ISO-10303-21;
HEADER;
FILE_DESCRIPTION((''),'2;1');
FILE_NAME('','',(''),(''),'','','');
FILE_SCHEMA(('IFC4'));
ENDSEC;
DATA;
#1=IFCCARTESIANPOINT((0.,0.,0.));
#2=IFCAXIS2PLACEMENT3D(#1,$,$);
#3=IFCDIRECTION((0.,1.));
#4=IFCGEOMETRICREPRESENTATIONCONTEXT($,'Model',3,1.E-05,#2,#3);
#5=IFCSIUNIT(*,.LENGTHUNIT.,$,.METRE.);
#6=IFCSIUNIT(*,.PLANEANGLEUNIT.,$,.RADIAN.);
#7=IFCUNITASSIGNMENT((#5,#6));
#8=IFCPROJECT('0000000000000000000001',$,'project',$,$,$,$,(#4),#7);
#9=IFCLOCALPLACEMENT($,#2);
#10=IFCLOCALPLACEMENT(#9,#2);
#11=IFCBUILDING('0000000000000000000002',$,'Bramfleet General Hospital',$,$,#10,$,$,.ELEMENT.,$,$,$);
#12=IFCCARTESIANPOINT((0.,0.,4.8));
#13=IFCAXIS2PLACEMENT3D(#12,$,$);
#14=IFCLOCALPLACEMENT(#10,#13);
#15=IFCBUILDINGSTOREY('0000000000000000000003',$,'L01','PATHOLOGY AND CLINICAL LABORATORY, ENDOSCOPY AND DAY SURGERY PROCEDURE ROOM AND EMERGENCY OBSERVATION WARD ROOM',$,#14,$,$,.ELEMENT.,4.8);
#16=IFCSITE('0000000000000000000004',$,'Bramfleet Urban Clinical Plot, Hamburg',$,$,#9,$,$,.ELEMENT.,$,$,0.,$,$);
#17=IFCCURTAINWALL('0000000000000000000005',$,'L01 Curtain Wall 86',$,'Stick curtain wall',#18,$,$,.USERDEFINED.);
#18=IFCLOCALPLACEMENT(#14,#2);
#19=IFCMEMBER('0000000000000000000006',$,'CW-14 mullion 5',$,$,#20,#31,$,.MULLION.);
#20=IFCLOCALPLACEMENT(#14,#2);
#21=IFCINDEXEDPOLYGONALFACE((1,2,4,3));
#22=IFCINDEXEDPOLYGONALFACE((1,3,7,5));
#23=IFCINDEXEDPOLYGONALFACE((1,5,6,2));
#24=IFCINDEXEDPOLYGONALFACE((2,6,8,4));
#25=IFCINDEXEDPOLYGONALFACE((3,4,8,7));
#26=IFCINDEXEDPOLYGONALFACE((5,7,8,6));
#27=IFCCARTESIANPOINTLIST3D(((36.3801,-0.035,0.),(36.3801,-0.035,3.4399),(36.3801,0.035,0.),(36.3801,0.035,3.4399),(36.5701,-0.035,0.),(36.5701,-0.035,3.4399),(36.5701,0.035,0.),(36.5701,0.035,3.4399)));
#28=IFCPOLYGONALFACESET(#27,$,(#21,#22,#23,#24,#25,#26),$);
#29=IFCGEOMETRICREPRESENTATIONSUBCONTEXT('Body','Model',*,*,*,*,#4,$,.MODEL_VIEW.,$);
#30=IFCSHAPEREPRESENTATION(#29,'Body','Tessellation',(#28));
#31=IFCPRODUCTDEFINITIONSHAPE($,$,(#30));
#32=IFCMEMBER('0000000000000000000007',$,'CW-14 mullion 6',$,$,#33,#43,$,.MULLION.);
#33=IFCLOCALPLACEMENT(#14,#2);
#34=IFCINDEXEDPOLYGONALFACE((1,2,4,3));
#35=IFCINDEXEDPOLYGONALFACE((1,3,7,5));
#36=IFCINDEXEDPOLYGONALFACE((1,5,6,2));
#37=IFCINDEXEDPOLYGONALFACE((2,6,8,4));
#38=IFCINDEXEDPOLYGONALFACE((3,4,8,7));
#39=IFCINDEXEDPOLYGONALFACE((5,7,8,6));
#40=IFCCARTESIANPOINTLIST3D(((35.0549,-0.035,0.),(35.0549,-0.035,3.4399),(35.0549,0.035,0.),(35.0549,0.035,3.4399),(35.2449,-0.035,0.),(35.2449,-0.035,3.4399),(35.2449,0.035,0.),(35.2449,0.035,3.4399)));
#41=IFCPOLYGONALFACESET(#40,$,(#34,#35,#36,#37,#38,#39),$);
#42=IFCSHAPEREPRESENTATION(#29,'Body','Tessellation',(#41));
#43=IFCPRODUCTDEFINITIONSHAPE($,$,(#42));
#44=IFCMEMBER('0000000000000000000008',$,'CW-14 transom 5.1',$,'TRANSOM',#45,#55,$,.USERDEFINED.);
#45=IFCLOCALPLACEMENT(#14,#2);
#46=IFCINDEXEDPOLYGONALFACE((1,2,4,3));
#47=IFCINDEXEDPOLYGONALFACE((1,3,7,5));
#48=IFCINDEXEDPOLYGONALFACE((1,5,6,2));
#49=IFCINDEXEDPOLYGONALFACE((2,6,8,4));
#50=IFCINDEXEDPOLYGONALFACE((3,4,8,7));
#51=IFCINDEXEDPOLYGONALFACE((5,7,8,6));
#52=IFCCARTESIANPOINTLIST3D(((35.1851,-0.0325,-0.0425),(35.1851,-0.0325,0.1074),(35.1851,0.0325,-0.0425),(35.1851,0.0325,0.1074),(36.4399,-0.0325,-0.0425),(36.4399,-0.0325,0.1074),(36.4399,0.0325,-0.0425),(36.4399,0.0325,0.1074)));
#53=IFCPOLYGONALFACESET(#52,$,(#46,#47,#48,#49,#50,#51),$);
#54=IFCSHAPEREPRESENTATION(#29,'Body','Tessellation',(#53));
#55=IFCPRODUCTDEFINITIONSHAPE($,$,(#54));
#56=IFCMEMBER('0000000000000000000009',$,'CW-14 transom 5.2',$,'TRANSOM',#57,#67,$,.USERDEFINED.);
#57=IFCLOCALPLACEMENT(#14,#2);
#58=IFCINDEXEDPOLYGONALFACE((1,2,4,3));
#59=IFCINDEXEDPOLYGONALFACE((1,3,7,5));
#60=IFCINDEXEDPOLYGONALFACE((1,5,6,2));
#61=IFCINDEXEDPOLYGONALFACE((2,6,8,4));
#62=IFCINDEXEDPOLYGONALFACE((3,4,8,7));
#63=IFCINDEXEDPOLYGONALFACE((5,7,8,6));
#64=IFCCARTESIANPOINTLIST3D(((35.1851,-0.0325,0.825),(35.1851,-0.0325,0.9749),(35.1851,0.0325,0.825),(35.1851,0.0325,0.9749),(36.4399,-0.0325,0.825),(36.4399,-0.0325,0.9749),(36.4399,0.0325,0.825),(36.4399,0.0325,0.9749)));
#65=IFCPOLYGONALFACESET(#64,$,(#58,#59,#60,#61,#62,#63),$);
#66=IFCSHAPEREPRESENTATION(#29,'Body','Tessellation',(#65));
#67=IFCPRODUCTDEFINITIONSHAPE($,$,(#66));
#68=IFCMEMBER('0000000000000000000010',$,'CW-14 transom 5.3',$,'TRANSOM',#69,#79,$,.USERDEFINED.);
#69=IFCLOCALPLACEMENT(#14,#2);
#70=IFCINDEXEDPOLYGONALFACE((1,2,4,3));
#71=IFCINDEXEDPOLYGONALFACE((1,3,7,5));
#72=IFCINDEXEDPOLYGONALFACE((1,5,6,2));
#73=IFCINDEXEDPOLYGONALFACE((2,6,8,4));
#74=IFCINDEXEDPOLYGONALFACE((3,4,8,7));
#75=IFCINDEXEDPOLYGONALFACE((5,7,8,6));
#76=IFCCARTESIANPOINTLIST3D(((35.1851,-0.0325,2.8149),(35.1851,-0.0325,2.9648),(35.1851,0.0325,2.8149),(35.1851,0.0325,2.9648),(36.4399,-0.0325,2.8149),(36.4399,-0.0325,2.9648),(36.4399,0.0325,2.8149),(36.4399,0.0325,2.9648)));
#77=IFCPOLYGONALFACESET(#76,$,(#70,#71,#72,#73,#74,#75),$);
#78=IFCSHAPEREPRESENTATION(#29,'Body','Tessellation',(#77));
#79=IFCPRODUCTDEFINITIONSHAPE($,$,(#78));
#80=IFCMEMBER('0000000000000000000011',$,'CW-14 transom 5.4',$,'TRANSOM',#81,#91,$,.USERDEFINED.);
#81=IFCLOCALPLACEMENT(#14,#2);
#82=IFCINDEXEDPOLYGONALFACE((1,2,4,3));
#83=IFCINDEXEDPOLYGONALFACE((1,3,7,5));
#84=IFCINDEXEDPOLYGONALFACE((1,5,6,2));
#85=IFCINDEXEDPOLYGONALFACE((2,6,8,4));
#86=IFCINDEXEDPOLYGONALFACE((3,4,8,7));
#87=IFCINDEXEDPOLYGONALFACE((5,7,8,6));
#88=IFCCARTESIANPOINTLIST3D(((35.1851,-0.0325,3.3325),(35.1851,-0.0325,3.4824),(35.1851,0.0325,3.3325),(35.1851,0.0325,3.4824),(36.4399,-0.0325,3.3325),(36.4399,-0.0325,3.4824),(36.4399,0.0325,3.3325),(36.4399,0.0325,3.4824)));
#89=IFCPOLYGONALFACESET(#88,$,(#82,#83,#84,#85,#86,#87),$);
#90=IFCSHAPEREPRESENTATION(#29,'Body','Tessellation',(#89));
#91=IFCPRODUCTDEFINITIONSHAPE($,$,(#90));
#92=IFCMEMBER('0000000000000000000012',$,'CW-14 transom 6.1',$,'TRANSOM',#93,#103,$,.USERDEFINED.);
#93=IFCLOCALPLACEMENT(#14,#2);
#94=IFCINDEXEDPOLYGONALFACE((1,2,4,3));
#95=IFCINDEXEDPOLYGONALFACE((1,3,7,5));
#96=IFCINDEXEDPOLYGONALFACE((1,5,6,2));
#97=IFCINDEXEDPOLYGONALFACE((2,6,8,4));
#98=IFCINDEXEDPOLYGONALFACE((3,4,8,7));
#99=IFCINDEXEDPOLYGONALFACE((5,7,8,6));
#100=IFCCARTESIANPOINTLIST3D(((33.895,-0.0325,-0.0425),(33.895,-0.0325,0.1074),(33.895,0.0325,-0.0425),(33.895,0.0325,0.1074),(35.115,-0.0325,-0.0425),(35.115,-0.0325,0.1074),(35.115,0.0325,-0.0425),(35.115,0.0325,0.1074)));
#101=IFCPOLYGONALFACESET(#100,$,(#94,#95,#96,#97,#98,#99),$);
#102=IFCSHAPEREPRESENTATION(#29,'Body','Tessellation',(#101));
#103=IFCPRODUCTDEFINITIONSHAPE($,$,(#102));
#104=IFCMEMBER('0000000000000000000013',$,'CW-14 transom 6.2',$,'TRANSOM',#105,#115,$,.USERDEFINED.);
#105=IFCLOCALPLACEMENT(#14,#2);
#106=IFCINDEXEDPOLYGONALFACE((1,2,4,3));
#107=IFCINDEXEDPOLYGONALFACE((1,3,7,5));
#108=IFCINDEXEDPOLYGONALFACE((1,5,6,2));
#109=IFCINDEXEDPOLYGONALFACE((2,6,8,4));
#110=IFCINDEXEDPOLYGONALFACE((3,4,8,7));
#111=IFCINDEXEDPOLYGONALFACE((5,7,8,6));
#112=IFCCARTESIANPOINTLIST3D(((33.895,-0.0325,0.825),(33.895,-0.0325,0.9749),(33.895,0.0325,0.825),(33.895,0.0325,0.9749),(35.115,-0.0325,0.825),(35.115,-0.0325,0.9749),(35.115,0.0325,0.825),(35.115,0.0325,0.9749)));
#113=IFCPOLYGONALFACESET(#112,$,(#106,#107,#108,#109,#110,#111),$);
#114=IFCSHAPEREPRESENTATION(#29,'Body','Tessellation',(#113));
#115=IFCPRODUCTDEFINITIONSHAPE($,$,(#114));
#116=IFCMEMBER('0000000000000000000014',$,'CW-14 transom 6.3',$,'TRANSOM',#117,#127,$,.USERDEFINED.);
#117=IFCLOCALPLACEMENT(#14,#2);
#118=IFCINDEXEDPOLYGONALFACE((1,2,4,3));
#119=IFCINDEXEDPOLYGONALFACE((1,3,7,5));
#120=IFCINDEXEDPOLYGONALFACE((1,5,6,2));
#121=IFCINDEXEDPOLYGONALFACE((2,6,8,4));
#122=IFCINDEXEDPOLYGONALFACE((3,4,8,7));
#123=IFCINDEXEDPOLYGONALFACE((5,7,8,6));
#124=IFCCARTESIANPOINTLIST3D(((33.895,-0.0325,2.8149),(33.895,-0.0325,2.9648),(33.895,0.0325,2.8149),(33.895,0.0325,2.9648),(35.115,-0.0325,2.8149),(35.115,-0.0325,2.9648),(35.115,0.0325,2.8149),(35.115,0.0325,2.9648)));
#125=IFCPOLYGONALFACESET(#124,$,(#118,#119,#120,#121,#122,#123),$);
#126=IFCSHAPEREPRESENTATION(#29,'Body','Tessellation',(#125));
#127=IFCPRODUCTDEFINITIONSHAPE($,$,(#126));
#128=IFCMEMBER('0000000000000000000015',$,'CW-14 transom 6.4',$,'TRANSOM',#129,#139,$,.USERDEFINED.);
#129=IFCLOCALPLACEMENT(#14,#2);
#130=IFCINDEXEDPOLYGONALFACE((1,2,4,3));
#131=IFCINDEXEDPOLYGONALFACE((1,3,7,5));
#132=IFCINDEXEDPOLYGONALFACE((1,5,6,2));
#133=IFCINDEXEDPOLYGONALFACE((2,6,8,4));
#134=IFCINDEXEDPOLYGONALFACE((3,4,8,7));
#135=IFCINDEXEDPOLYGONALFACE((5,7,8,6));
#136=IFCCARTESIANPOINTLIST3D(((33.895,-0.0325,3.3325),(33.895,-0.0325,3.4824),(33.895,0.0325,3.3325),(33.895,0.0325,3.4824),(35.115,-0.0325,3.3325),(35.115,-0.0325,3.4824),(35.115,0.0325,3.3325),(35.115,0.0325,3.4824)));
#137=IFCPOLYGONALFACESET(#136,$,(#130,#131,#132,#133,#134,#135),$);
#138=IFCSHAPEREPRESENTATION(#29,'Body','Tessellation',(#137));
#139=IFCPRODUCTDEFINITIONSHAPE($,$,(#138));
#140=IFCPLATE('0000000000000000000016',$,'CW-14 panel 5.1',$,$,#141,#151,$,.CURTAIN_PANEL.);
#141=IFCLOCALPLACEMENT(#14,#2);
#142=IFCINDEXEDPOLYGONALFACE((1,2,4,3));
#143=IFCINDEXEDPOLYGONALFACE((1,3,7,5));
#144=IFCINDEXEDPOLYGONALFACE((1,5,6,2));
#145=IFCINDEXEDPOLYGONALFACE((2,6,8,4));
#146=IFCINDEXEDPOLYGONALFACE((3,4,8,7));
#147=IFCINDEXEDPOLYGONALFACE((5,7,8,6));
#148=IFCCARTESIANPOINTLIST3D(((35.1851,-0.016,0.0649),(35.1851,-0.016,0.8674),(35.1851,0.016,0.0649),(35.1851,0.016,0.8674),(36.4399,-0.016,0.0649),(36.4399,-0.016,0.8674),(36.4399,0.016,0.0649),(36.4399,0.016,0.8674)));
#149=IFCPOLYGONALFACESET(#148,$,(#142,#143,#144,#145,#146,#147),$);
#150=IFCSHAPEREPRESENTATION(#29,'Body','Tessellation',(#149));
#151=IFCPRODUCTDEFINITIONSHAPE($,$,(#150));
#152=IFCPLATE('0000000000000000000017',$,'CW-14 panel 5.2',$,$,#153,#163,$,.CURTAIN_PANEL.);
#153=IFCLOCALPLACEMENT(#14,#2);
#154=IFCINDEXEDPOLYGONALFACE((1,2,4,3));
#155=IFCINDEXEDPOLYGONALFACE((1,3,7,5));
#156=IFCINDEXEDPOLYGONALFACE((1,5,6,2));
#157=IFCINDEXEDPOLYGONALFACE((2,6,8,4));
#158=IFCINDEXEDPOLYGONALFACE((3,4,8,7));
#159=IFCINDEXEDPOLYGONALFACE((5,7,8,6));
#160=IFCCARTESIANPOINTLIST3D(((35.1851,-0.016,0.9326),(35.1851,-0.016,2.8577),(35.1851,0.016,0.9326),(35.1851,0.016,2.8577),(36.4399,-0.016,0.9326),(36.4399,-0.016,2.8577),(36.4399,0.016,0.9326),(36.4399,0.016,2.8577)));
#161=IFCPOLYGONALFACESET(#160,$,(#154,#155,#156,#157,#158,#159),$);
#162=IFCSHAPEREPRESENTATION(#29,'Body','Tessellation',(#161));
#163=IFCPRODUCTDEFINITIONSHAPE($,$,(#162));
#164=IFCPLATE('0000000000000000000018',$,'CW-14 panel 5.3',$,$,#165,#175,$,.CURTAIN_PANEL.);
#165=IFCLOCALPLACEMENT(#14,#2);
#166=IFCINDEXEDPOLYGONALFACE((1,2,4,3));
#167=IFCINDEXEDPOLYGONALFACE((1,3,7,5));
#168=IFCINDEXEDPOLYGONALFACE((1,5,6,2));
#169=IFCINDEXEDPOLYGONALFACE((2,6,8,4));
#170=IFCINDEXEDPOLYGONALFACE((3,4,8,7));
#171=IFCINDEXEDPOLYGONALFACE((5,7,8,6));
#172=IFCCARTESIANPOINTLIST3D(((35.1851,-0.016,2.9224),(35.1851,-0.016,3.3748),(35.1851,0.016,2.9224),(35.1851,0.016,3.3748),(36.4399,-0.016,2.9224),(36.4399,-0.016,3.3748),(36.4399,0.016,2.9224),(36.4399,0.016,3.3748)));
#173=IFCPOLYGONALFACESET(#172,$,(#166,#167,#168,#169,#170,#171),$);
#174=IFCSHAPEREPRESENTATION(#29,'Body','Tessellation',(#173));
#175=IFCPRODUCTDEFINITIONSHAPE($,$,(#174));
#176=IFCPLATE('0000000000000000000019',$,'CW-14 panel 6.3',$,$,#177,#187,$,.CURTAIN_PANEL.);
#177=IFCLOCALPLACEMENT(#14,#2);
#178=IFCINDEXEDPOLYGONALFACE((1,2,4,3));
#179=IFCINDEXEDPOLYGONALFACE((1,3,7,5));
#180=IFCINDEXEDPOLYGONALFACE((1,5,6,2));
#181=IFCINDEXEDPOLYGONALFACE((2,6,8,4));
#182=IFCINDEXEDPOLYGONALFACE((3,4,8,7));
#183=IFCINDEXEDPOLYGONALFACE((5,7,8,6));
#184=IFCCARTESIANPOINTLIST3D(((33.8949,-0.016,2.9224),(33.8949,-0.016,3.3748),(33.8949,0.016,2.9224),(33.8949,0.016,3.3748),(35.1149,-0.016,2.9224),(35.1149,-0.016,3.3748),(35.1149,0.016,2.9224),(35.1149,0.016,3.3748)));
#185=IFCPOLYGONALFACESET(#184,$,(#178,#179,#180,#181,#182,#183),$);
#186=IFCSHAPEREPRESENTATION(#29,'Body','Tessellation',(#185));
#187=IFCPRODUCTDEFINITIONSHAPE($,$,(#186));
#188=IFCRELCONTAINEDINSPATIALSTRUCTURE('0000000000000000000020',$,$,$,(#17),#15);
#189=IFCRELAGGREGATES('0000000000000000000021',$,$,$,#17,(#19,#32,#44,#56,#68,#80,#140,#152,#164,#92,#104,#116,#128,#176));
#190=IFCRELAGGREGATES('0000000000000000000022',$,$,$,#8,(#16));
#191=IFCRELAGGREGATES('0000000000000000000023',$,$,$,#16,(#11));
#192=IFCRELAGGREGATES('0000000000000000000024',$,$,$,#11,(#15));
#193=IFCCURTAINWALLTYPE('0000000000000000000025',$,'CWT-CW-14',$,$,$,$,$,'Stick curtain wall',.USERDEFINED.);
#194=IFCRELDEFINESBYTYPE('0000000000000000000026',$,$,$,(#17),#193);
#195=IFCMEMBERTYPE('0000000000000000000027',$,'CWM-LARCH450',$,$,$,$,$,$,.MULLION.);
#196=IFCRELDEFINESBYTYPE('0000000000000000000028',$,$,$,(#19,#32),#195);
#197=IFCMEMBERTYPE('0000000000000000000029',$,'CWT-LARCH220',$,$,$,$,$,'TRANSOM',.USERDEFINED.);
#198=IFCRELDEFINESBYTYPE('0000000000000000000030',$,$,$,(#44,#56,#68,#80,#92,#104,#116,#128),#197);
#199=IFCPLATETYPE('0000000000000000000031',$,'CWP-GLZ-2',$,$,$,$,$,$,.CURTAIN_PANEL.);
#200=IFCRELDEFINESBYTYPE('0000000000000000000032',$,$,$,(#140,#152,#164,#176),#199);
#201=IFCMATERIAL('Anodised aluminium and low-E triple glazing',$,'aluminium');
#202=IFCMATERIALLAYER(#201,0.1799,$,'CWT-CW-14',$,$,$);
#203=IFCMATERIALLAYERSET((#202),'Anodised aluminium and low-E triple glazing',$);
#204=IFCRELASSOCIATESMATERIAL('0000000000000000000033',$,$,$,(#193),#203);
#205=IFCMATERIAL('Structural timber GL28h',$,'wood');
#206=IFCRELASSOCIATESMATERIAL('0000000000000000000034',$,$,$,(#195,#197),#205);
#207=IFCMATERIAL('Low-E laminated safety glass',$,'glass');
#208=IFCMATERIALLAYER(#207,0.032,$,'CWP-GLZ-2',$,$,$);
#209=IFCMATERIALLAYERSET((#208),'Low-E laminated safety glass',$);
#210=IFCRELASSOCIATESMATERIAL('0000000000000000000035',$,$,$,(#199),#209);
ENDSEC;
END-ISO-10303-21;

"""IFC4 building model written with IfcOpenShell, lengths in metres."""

from ifc_helpers import new_model, si_unit, direction, frame, origin, origin_2d, place, context, subcontext, project, spatial, rectangle, extrude, material, layer, layer_set, material_profile, profile_set, type_object, element, aggregate, save


model = new_model("IFC4")

# Units and contexts
model_context = context("Model", 3, precision=1e-05, world=origin(), true_north=direction((0.0, 1.0)))
body_context = subcontext(model_context, "Body", "Model", "MODEL_VIEW")
ifc_project = project(units=[si_unit("LENGTHUNIT", "METRE"), si_unit("PLANEANGLEUNIT", "RADIAN")], contexts=[model_context])

# Site, building, storey
site_placement = place(None, origin())
site = spatial("IfcSite", under=ifc_project, at=site_placement, Name="Bramfleet Urban Clinical Plot, Hamburg", CompositionType="ELEMENT", RefElevation=0.0)
building_placement = place(site_placement, origin())
building = spatial("IfcBuilding", under=site, at=building_placement, Name="Bramfleet General Hospital", CompositionType="ELEMENT")
storey_placement = place(building_placement, frame((0.0, 0.0, 4.8)))
storey = spatial("IfcBuildingStorey", under=building, at=storey_placement, Name="L01", Description="PATHOLOGY AND CLINICAL LABORATORY, ENDOSCOPY AND DAY SURGERY PROCEDURE ROOM AND EMERGENCY OBSERVATION WARD ROOM", CompositionType="ELEMENT", Elevation=4.8)

# Curtain wall, members, plates
ifc_material_1 = material(Name="Anodised aluminium and low-E triple glazing", Category="aluminium")
ifc_layer_1 = layer(ifc_material_1, 0.1799, Name="CWT-CW-14")
ifc_layer_set_1 = layer_set([ifc_layer_1], Name="Anodised aluminium and low-E triple glazing")
curtain_wall_type = type_object("IfcCurtainWallType", Name="CWT-CW-14", ElementType="Stick curtain wall", PredefinedType="USERDEFINED", material=ifc_layer_set_1)
curtain_wall_placement = place(storey_placement, origin())
curtain_wall = element("IfcCurtainWall", 1, at=curtain_wall_placement, inside=storey, type_object=curtain_wall_type, Name="L01 Curtain Wall 86", ObjectType="Stick curtain wall", PredefinedType="USERDEFINED")
ifc_material_2 = material(Name="Structural timber GL28h", Category="wood")
ifc_material_profile_1 = material_profile(ifc_material_2, rectangle(XDim=0.0701, YDim=0.1899, at=origin_2d()), Name="LARCH 190x70")
ifc_profile_set_1 = profile_set([ifc_material_profile_1], Name="Structural timber GL28h")
member_type_1 = type_object("IfcMemberType", Name="CWM-LARCH450", PredefinedType="MULLION", material=ifc_profile_set_1)
member_1_placement = place(storey_placement, frame((36.4751, 0.0, 0.0), z_axis=(0.0, 0.0, 1.0), x_axis=(0.0, -1.0, 0.0)))
member_1 = element("IfcMember", 2, at=member_1_placement, type_object=member_type_1, Name="CW-14 mullion 5", PredefinedType="MULLION", context=body_context, shape_type="SweptSolid", body=[
    extrude(rectangle(XDim=0.0701, YDim=0.1899, at=origin_2d()), origin(), (0.0, 0.0, 1.0), 3.4399),
])
member_2_placement = place(storey_placement, frame((35.1499, 0.0, 0.0), z_axis=(0.0, 0.0, 1.0), x_axis=(0.0, -1.0, 0.0)))
member_2 = element("IfcMember", 3, at=member_2_placement, type_object=member_type_1, Name="CW-14 mullion 6", PredefinedType="MULLION", context=body_context, shape_type="SweptSolid", body=[
    extrude(rectangle(XDim=0.0701, YDim=0.1899, at=origin_2d()), origin(), (0.0, 0.0, 1.0), 3.4399),
])
ifc_material_profile_2 = material_profile(ifc_material_2, rectangle(XDim=0.0649, YDim=0.1499, at=origin_2d()), Name="LARCH 150x65")
ifc_profile_set_2 = profile_set([ifc_material_profile_2], Name="Structural timber GL28h")
member_type_2 = type_object("IfcMemberType", Name="CWT-LARCH220", ElementType="TRANSOM", PredefinedType="USERDEFINED", material=ifc_profile_set_2)
member_3_placement = place(storey_placement, frame((36.4399, 0.0, 0.0325), z_axis=(-1.0, 0.0, 0.0), x_axis=(0.0, -1.0, 0.0)))
member_3 = element("IfcMember", 4, at=member_3_placement, type_object=member_type_2, Name="CW-14 transom 5.1", ObjectType="TRANSOM", PredefinedType="USERDEFINED", context=body_context, shape_type="SweptSolid", body=[
    extrude(rectangle(XDim=0.0649, YDim=0.1499, at=origin_2d()), origin(), (0.0, 0.0, 1.0), 1.2549),
])
member_4_placement = place(storey_placement, frame((36.4399, 0.0, 0.8999), z_axis=(-1.0, 0.0, 0.0), x_axis=(0.0, -1.0, 0.0)))
member_4 = element("IfcMember", 5, at=member_4_placement, type_object=member_type_2, Name="CW-14 transom 5.2", ObjectType="TRANSOM", PredefinedType="USERDEFINED", context=body_context, shape_type="SweptSolid", body=[
    extrude(rectangle(XDim=0.0649, YDim=0.1499, at=origin_2d()), origin(), (0.0, 0.0, 1.0), 1.2549),
])
member_5_placement = place(storey_placement, frame((36.4399, 0.0, 2.8899), z_axis=(-1.0, 0.0, 0.0), x_axis=(0.0, -1.0, 0.0)))
member_5 = element("IfcMember", 6, at=member_5_placement, type_object=member_type_2, Name="CW-14 transom 5.3", ObjectType="TRANSOM", PredefinedType="USERDEFINED", context=body_context, shape_type="SweptSolid", body=[
    extrude(rectangle(XDim=0.0649, YDim=0.1499, at=origin_2d()), origin(), (0.0, 0.0, 1.0), 1.2549),
])
member_6_placement = place(storey_placement, frame((36.4399, 0.0, 3.4075), z_axis=(-1.0, 0.0, 0.0), x_axis=(0.0, -1.0, 0.0)))
member_6 = element("IfcMember", 7, at=member_6_placement, type_object=member_type_2, Name="CW-14 transom 5.4", ObjectType="TRANSOM", PredefinedType="USERDEFINED", context=body_context, shape_type="SweptSolid", body=[
    extrude(rectangle(XDim=0.0649, YDim=0.1499, at=origin_2d()), origin(), (0.0, 0.0, 1.0), 1.2549),
])
member_7_placement = place(storey_placement, frame((35.115, 0.0, 0.0325), z_axis=(-1.0, 0.0, 0.0), x_axis=(0.0, -1.0, 0.0)))
member_7 = element("IfcMember", 8, at=member_7_placement, type_object=member_type_2, Name="CW-14 transom 6.1", ObjectType="TRANSOM", PredefinedType="USERDEFINED", context=body_context, shape_type="SweptSolid", body=[
    extrude(rectangle(XDim=0.0649, YDim=0.1499, at=origin_2d()), origin(), (0.0, 0.0, 1.0), 1.22),
])
member_8_placement = place(storey_placement, frame((35.115, 0.0, 0.8999), z_axis=(-1.0, 0.0, 0.0), x_axis=(0.0, -1.0, 0.0)))
member_8 = element("IfcMember", 9, at=member_8_placement, type_object=member_type_2, Name="CW-14 transom 6.2", ObjectType="TRANSOM", PredefinedType="USERDEFINED", context=body_context, shape_type="SweptSolid", body=[
    extrude(rectangle(XDim=0.0649, YDim=0.1499, at=origin_2d()), origin(), (0.0, 0.0, 1.0), 1.22),
])
member_9_placement = place(storey_placement, frame((35.115, 0.0, 2.8899), z_axis=(-1.0, 0.0, 0.0), x_axis=(0.0, -1.0, 0.0)))
member_9 = element("IfcMember", 10, at=member_9_placement, type_object=member_type_2, Name="CW-14 transom 6.3", ObjectType="TRANSOM", PredefinedType="USERDEFINED", context=body_context, shape_type="SweptSolid", body=[
    extrude(rectangle(XDim=0.0649, YDim=0.1499, at=origin_2d()), origin(), (0.0, 0.0, 1.0), 1.22),
])
member_10_placement = place(storey_placement, frame((35.115, 0.0, 3.4075), z_axis=(-1.0, 0.0, 0.0), x_axis=(0.0, -1.0, 0.0)))
member_10 = element("IfcMember", 11, at=member_10_placement, type_object=member_type_2, Name="CW-14 transom 6.4", ObjectType="TRANSOM", PredefinedType="USERDEFINED", context=body_context, shape_type="SweptSolid", body=[
    extrude(rectangle(XDim=0.0649, YDim=0.1499, at=origin_2d()), origin(), (0.0, 0.0, 1.0), 1.22),
])
ifc_material_3 = material(Name="Low-E laminated safety glass", Category="glass")
ifc_layer_2 = layer(ifc_material_3, 0.032, Name="CWP-GLZ-2")
ifc_layer_set_2 = layer_set([ifc_layer_2], Name="Low-E laminated safety glass")
plate_type = type_object("IfcPlateType", Name="CWP-GLZ-2", PredefinedType="CURTAIN_PANEL", material=ifc_layer_set_2)
plate_1_placement = place(storey_placement, frame((35.8125, 0.0, 0.0649), z_axis=(0.0, 0.0, 1.0), x_axis=(-1.0, 0.0, 0.0)))
plate_1 = element("IfcPlate", 12, at=plate_1_placement, type_object=plate_type, Name="CW-14 panel 5.1", PredefinedType="CURTAIN_PANEL", context=body_context, shape_type="SweptSolid", body=[
    extrude(rectangle(XDim=1.2549, YDim=0.032, at=origin_2d()), origin(), (0.0, 0.0, 1.0), 0.8025),
])
plate_2_placement = place(storey_placement, frame((35.8125, 0.0, 0.9326), z_axis=(0.0, 0.0, 1.0), x_axis=(-1.0, 0.0, 0.0)))
plate_2 = element("IfcPlate", 13, at=plate_2_placement, type_object=plate_type, Name="CW-14 panel 5.2", PredefinedType="CURTAIN_PANEL", context=body_context, shape_type="SweptSolid", body=[
    extrude(rectangle(XDim=1.2549, YDim=0.032, at=origin_2d()), origin(), (0.0, 0.0, 1.0), 1.925),
])
plate_3_placement = place(storey_placement, frame((35.8125, 0.0, 2.9224), z_axis=(0.0, 0.0, 1.0), x_axis=(-1.0, 0.0, 0.0)))
plate_3 = element("IfcPlate", 14, at=plate_3_placement, type_object=plate_type, Name="CW-14 panel 5.3", PredefinedType="CURTAIN_PANEL", context=body_context, shape_type="SweptSolid", body=[
    extrude(rectangle(XDim=1.2549, YDim=0.032, at=origin_2d()), origin(), (0.0, 0.0, 1.0), 0.4524),
])
plate_4_placement = place(storey_placement, frame((34.5049, 0.0, 2.9224), z_axis=(0.0, 0.0, 1.0), x_axis=(-1.0, 0.0, 0.0)))
plate_4 = element("IfcPlate", 15, at=plate_4_placement, type_object=plate_type, Name="CW-14 panel 6.3", PredefinedType="CURTAIN_PANEL", context=body_context, shape_type="SweptSolid", body=[
    extrude(rectangle(XDim=1.22, YDim=0.032, at=origin_2d()), origin(), (0.0, 0.0, 1.0), 0.4524),
])
aggregate(curtain_wall, [member_1, member_2, member_3, member_4, member_5, member_6, plate_1, plate_2, plate_3, member_7, member_8, member_9, member_10, plate_4])

save(model, "model.ifc")
